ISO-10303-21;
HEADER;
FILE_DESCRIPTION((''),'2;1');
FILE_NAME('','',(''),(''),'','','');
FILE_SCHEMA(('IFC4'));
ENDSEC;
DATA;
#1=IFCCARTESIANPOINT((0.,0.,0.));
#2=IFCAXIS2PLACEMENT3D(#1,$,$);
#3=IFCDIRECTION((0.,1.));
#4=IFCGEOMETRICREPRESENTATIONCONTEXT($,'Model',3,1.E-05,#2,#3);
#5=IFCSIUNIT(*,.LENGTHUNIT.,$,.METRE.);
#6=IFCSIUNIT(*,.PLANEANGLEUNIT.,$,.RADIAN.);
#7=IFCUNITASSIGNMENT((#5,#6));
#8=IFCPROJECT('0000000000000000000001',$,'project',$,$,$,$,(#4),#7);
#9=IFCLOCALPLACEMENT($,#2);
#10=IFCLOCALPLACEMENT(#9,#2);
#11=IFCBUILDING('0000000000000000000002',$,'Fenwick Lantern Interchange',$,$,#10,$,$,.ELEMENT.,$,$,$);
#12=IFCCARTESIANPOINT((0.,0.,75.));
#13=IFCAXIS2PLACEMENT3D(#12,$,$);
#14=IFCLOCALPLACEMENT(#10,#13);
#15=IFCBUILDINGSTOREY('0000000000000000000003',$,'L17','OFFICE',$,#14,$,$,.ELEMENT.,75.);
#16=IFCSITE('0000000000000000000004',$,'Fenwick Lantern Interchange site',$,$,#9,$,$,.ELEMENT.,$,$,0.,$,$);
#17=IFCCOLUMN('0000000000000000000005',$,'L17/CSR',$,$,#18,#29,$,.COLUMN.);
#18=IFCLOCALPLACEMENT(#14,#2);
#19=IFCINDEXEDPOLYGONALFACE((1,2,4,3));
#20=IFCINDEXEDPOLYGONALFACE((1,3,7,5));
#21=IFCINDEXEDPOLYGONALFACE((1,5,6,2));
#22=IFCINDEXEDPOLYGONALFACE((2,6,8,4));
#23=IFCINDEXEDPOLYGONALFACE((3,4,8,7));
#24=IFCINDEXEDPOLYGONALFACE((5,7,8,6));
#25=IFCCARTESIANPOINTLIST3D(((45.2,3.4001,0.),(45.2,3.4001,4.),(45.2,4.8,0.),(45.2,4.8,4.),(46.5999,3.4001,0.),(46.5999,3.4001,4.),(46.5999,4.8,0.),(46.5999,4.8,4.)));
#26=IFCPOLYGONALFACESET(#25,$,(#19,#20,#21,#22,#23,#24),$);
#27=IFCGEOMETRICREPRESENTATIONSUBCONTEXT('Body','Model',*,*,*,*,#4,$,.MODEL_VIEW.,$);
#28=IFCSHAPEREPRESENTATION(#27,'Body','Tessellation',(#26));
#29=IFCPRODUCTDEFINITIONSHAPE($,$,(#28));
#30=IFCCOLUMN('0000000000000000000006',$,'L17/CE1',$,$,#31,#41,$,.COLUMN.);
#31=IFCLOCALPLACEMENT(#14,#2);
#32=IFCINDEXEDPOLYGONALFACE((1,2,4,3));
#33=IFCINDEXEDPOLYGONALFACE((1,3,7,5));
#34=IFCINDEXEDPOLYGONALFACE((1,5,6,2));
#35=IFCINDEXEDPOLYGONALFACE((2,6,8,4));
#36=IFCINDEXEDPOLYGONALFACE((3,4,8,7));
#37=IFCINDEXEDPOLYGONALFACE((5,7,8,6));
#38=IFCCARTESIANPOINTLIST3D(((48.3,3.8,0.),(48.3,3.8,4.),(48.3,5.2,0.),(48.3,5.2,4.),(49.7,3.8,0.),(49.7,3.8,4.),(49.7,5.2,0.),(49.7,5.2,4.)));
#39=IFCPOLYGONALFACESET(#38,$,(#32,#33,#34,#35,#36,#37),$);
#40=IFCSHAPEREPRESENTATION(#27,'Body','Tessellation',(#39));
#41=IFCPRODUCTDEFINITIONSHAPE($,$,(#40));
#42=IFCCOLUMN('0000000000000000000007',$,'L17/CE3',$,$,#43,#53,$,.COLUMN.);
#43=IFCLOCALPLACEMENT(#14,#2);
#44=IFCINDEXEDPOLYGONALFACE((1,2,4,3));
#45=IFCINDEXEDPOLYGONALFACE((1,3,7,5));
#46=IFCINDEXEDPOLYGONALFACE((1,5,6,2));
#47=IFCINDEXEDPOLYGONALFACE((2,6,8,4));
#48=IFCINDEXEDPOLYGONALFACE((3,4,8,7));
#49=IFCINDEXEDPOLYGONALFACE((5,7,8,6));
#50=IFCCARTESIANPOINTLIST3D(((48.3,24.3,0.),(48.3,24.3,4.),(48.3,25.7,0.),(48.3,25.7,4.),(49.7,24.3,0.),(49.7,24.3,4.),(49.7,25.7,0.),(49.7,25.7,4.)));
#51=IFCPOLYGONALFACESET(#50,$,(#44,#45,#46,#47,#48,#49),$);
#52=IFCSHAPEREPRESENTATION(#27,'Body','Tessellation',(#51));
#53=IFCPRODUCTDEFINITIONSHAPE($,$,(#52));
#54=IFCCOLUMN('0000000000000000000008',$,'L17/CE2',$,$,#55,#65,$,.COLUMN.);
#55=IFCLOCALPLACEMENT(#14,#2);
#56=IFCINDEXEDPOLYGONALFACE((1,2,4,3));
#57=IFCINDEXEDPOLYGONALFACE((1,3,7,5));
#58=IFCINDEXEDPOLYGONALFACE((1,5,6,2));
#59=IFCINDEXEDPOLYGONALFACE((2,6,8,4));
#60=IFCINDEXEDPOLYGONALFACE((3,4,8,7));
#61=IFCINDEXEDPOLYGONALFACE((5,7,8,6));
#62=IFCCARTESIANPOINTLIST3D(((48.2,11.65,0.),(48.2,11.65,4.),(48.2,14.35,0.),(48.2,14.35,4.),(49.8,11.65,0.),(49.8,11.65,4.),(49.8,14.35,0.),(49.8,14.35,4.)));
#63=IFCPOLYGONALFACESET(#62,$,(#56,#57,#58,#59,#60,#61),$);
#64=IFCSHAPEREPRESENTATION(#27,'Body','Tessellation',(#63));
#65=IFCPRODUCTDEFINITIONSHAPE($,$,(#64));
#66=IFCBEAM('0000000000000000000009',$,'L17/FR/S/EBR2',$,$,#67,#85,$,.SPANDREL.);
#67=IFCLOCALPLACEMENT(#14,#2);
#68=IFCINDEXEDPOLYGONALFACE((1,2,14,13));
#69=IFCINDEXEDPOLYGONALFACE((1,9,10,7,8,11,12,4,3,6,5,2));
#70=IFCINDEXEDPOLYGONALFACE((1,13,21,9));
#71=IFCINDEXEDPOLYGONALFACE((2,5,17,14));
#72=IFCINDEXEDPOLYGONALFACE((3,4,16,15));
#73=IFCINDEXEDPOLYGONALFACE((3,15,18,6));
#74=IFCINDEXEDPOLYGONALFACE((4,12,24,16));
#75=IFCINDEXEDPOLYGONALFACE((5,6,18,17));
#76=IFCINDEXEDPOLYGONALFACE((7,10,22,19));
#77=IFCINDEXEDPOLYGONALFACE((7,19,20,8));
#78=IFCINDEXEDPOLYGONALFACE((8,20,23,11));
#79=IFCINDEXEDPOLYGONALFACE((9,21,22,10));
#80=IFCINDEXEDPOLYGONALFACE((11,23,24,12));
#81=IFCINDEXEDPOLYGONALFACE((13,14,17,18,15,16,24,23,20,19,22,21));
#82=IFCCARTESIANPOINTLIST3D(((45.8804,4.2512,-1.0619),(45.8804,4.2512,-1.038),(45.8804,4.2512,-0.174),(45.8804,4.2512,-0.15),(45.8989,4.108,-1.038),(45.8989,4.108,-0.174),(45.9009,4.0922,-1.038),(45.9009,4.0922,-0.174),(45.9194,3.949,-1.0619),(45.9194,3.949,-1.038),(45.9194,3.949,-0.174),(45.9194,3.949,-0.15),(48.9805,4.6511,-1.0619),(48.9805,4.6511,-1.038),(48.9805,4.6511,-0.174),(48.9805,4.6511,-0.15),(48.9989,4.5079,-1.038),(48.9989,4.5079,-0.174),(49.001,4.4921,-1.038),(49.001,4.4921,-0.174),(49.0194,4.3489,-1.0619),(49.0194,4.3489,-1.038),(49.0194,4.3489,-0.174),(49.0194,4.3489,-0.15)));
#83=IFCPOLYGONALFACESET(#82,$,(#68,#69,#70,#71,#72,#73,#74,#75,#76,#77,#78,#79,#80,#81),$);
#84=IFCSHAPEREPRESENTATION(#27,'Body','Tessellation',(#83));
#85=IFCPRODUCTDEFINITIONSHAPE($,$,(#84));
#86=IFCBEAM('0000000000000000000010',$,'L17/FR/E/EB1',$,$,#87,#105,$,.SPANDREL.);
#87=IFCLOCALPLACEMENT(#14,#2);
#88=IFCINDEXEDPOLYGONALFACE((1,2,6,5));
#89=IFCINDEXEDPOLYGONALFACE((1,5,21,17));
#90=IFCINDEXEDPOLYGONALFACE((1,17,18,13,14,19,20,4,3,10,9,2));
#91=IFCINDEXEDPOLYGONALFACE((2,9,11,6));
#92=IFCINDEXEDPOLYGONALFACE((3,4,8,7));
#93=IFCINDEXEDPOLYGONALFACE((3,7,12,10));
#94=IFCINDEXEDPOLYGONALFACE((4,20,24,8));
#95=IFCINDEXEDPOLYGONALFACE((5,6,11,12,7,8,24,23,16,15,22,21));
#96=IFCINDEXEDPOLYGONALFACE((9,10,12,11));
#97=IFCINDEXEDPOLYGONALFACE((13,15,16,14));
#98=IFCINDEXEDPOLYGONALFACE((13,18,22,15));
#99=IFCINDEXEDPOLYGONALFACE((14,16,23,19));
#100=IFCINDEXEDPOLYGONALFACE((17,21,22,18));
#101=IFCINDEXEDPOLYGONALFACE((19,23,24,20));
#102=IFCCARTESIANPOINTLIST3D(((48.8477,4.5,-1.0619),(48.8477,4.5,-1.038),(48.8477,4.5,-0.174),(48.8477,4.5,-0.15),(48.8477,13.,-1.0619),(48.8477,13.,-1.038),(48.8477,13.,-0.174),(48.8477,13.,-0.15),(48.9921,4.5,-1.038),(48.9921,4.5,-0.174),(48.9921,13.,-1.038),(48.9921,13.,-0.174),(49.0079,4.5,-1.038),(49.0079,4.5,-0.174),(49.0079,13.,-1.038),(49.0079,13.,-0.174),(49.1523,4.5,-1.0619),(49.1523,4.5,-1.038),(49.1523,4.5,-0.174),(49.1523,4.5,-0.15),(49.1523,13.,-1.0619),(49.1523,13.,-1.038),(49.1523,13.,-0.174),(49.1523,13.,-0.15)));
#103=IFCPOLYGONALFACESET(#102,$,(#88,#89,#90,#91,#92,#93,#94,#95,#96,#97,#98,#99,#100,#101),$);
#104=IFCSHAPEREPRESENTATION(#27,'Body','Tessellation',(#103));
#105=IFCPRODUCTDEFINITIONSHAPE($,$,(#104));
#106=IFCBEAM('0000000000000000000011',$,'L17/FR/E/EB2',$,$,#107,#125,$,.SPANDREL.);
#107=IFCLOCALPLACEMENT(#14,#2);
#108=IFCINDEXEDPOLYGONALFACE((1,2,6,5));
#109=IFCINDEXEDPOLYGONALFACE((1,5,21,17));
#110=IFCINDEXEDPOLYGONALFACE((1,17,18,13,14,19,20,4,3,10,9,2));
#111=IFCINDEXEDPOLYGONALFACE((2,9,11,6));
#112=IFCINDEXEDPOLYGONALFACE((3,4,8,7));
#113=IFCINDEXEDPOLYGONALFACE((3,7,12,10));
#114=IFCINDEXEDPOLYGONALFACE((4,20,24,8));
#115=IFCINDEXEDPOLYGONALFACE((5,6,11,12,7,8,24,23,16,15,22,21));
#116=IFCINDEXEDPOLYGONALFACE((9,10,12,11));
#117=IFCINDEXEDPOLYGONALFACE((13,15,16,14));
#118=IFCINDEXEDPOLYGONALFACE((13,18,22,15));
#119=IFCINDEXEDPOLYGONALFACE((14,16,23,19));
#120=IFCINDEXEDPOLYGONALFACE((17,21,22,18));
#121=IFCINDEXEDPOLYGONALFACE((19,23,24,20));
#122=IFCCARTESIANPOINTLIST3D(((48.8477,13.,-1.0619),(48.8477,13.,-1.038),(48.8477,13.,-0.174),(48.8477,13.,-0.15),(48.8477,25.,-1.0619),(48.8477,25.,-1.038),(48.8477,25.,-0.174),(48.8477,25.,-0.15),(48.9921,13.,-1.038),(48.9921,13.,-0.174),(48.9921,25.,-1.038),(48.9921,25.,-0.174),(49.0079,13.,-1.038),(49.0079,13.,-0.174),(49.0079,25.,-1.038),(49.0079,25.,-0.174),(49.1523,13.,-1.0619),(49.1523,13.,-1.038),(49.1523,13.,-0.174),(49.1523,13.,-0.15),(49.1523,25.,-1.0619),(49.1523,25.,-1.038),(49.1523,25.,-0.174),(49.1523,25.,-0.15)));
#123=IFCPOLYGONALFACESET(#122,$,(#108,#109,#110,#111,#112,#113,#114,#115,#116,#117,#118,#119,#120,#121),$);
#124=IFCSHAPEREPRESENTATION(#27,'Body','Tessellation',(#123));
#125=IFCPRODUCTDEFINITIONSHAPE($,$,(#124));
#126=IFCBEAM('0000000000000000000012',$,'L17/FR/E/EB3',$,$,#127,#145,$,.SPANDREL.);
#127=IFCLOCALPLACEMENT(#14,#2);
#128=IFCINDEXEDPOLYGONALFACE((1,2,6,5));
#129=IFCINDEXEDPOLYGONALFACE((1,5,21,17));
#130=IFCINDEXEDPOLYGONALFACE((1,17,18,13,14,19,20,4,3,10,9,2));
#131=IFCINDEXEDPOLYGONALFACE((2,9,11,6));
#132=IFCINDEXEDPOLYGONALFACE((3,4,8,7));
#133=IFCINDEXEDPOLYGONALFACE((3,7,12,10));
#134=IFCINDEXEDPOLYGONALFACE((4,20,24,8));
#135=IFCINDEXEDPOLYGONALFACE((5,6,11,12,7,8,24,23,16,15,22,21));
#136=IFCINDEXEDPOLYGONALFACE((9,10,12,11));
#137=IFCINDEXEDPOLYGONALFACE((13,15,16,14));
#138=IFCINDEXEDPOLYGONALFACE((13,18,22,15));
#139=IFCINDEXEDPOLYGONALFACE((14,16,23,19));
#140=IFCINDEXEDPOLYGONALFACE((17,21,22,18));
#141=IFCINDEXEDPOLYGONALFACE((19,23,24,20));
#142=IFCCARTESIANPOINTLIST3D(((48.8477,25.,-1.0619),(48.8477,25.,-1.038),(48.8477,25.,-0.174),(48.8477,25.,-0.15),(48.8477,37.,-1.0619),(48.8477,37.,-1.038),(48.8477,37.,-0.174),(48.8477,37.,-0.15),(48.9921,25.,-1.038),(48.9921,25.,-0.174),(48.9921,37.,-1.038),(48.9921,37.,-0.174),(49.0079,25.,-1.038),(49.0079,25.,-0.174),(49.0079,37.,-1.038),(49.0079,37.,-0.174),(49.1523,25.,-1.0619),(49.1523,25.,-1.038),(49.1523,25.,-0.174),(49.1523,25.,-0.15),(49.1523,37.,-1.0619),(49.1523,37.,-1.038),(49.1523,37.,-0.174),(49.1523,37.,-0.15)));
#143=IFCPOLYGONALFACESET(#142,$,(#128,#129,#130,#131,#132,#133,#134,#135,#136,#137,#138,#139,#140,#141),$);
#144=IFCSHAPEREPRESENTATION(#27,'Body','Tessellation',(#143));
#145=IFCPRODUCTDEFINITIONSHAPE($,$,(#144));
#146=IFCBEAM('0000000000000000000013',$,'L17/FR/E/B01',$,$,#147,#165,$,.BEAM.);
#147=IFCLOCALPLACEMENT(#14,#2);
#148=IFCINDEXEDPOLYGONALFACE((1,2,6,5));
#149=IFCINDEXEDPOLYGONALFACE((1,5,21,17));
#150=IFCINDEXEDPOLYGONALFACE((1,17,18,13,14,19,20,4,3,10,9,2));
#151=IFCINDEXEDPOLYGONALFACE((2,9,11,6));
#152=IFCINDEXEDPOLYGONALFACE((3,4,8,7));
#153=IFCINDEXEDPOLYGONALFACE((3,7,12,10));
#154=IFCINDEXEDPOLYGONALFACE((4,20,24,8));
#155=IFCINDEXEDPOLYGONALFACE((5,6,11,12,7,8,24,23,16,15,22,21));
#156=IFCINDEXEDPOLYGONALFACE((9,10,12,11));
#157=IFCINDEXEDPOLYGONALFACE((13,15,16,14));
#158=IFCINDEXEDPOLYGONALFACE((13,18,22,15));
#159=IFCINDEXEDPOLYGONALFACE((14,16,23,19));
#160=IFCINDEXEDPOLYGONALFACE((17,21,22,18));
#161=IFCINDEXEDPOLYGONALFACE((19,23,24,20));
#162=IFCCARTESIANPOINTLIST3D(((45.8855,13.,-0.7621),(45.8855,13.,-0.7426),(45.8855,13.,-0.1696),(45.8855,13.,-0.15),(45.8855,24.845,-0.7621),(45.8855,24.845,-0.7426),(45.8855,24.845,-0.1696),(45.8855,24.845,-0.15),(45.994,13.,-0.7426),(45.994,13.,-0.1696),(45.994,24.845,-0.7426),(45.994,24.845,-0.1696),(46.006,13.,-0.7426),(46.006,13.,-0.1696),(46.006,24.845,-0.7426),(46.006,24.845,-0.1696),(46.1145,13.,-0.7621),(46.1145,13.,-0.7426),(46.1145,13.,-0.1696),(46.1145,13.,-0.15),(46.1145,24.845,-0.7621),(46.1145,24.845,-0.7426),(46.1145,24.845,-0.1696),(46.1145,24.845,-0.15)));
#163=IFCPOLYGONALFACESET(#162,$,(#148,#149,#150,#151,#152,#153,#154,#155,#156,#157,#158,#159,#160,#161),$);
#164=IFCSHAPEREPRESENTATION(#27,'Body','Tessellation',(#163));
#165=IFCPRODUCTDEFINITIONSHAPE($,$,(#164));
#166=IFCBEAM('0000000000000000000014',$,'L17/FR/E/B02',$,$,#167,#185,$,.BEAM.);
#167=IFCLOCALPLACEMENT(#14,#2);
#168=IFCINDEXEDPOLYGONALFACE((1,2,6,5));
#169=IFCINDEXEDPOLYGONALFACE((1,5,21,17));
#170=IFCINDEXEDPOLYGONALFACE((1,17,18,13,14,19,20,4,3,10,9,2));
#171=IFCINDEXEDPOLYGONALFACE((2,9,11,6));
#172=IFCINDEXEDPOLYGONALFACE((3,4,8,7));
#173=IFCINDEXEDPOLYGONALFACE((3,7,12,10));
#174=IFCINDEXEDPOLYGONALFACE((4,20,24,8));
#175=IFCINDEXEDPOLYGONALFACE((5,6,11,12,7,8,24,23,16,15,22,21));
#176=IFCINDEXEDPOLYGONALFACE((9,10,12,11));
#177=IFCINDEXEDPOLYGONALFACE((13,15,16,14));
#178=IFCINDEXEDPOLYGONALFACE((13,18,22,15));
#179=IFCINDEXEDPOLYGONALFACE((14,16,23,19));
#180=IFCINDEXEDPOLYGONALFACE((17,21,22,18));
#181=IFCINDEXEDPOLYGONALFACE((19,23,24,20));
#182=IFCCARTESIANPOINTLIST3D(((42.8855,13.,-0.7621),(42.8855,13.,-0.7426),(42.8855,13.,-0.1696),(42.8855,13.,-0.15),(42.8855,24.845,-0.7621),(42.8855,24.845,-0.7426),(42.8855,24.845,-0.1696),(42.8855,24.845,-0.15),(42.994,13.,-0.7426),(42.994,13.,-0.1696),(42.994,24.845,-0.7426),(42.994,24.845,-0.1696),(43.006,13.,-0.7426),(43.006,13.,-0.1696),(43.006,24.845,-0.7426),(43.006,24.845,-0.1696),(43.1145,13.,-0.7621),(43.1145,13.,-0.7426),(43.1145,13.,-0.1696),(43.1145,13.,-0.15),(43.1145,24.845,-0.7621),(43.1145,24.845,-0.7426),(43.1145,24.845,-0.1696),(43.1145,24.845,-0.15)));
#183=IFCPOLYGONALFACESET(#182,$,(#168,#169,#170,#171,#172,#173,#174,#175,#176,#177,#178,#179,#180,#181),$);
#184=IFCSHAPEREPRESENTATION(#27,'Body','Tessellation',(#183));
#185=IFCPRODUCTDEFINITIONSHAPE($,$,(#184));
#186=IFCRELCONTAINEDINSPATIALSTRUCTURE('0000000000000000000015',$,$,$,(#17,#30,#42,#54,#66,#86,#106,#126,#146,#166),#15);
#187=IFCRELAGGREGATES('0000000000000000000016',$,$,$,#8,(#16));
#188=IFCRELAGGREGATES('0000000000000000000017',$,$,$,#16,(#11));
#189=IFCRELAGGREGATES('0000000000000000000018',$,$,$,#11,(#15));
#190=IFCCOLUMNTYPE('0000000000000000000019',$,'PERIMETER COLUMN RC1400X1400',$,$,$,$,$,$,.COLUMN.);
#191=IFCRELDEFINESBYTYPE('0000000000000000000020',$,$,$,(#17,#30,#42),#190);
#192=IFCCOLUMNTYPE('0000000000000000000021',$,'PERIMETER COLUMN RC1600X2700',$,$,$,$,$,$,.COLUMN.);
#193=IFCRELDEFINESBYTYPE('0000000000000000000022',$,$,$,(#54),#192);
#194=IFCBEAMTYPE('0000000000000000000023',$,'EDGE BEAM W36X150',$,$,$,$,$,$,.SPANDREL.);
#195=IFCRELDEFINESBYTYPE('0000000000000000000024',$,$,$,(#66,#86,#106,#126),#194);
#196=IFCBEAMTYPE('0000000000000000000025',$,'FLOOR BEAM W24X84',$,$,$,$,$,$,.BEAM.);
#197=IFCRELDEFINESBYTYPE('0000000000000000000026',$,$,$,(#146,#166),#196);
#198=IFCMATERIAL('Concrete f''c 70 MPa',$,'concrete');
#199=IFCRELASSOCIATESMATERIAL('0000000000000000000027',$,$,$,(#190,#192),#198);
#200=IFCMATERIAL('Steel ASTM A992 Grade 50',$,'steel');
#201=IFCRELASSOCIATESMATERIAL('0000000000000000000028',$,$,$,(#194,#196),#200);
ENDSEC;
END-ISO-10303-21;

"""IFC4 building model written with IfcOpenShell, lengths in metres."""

from ifc_helpers import new_model, si_unit, direction, frame, origin, origin_2d, place, context, subcontext, project, spatial, rectangle, i_section, extrude, material, material_profile, profile_set, type_object, element, save


model = new_model("IFC4")

# Units and contexts
model_context = context("Model", 3, precision=1e-05, world=origin(), true_north=direction((0.0, 1.0)))
body_context = subcontext(model_context, "Body", "Model", "MODEL_VIEW")
ifc_project = project(units=[si_unit("LENGTHUNIT", "METRE"), si_unit("PLANEANGLEUNIT", "RADIAN")], contexts=[model_context])

# Site, building, storey
site_placement = place(None, origin())
site = spatial("IfcSite", under=ifc_project, at=site_placement, Name="Fenwick Lantern Interchange site", CompositionType="ELEMENT", RefElevation=0.0)
building_placement = place(site_placement, origin())
building = spatial("IfcBuilding", under=site, at=building_placement, Name="Fenwick Lantern Interchange", CompositionType="ELEMENT")
storey_placement = place(building_placement, frame((0.0, 0.0, 75.0)))
storey = spatial("IfcBuildingStorey", under=building, at=storey_placement, Name="L17", Description="OFFICE", CompositionType="ELEMENT", Elevation=75.0)

# Columns
ifc_material_1 = material(Name="Concrete f'c 70 MPa", Category="concrete")
ifc_material_profile_1 = material_profile(ifc_material_1, rectangle(XDim=1.3999, YDim=1.3999, at=origin_2d()), Name="RC1400X1400")
ifc_profile_set_1 = profile_set([ifc_material_profile_1], Name="Concrete f'c 70 MPa")
column_type_1 = type_object("IfcColumnType", Name="PERIMETER COLUMN RC1400X1400", PredefinedType="COLUMN", material=ifc_profile_set_1)
for number, where, z_axis, x_axis, name in (
    (1, (45.8999, 4.1001, 0.0), (0.0, 0.0, 1.0), (1.0, 0.0, 0.0), "L17/CSR"),
    (2, (49.0, 4.5, 0.0), (0.0, 0.0, 1.0), (1.0, 0.0, 0.0), "L17/CE1"),
    (3, (49.0, 25.0, 0.0), (0.0, 0.0, 1.0), (1.0, 0.0, 0.0), "L17/CE3"),
):
    element("IfcColumn", number, at=place(storey_placement, frame(where, z_axis=z_axis, x_axis=x_axis)), inside=storey, type_object=column_type_1, Name=name, PredefinedType="COLUMN", context=body_context, shape_type="SweptSolid", body=[
        extrude(rectangle(XDim=1.3999, YDim=1.3999, at=origin_2d()), origin(), (0.0, 0.0, 1.0), 4.0),
    ])
ifc_material_profile_2 = material_profile(ifc_material_1, rectangle(XDim=1.6001, YDim=2.7, at=origin_2d()), Name="RC1600X2700")
ifc_profile_set_2 = profile_set([ifc_material_profile_2], Name="Concrete f'c 70 MPa")
column_type_2 = type_object("IfcColumnType", Name="PERIMETER COLUMN RC1600X2700", PredefinedType="COLUMN", material=ifc_profile_set_2)
column_placement = place(storey_placement, frame((49.0, 13.0, 0.0), z_axis=(0.0, 0.0, 1.0), x_axis=(1.0, 0.0, 0.0)))
element("IfcColumn", 4, at=column_placement, inside=storey, type_object=column_type_2, Name="L17/CE2", PredefinedType="COLUMN", context=body_context, shape_type="SweptSolid", body=[
    extrude(rectangle(XDim=1.6001, YDim=2.7, at=origin_2d()), origin(), (0.0, 0.0, 1.0), 4.0),
])

# Beams
ifc_material_2 = material(Name="Steel ASTM A992 Grade 50", Category="steel")
ifc_material_profile_3 = material_profile(ifc_material_2, i_section(OverallWidth=0.3047, OverallDepth=0.9119, WebThickness=0.0159, FlangeThickness=0.0239, at=origin_2d()), Name="W36X150")
ifc_profile_set_3 = profile_set([ifc_material_profile_3], Name="Steel ASTM A992 Grade 50")
beam_type_1 = type_object("IfcBeamType", Name="EDGE BEAM W36X150", PredefinedType="SPANDREL", material=ifc_profile_set_3)
beam_1_placement = place(storey_placement, frame((45.8999, 4.1001, -0.606), z_axis=(0.991782, 0.127937, 0.0), x_axis=(-0.127937, 0.991782, 0.0)))
element("IfcBeam", 5, at=beam_1_placement, inside=storey, type_object=beam_type_1, Name="L17/FR/S/EBR2", PredefinedType="SPANDREL", context=body_context, shape_type="SweptSolid", body=[
    extrude(i_section(OverallWidth=0.3047, OverallDepth=0.9119, WebThickness=0.0159, FlangeThickness=0.0239, at=origin_2d()), origin(), (0.0, 0.0, 1.0), 3.1257),
])
beam_2_placement = place(storey_placement, frame((49.0, 4.5, -0.606), z_axis=(0.0, 1.0, 0.0), x_axis=(-1.0, 0.0, 0.0)))
element("IfcBeam", 6, at=beam_2_placement, inside=storey, type_object=beam_type_1, Name="L17/FR/E/EB1", PredefinedType="SPANDREL", context=body_context, shape_type="SweptSolid", body=[
    extrude(i_section(OverallWidth=0.3047, OverallDepth=0.9119, WebThickness=0.0159, FlangeThickness=0.0239, at=origin_2d()), origin(), (0.0, 0.0, 1.0), 8.5),
])
for number, where, z_axis, x_axis, name in (
    (7, (49.0, 13.0, -0.606), (0.0, 1.0, 0.0), (-1.0, 0.0, 0.0), "L17/FR/E/EB2"),
    (8, (49.0, 25.0, -0.606), (0.0, 1.0, 0.0), (-1.0, 0.0, 0.0), "L17/FR/E/EB3"),
):
    element("IfcBeam", number, at=place(storey_placement, frame(where, z_axis=z_axis, x_axis=x_axis)), inside=storey, type_object=beam_type_1, Name=name, PredefinedType="SPANDREL", context=body_context, shape_type="SweptSolid", body=[
        extrude(i_section(OverallWidth=0.3047, OverallDepth=0.9119, WebThickness=0.0159, FlangeThickness=0.0239, at=origin_2d()), origin(), (0.0, 0.0, 1.0), 12.0),
    ])
ifc_material_profile_4 = material_profile(ifc_material_2, i_section(OverallWidth=0.229, OverallDepth=0.6121, WebThickness=0.012, FlangeThickness=0.0195, at=origin_2d()), Name="W24X84")
ifc_profile_set_4 = profile_set([ifc_material_profile_4], Name="Steel ASTM A992 Grade 50")
beam_type_2 = type_object("IfcBeamType", Name="FLOOR BEAM W24X84", PredefinedType="BEAM", material=ifc_profile_set_4)
for number, where, z_axis, x_axis, name in (
    (9, (46.0, 13.0, -0.4561), (0.0, 1.0, 0.0), (-1.0, 0.0, 0.0), "L17/FR/E/B01"),
    (10, (43.0, 13.0, -0.4561), (0.0, 1.0, 0.0), (-1.0, 0.0, 0.0), "L17/FR/E/B02"),
):
    element("IfcBeam", number, at=place(storey_placement, frame(where, z_axis=z_axis, x_axis=x_axis)), inside=storey, type_object=beam_type_2, Name=name, PredefinedType="BEAM", context=body_context, shape_type="SweptSolid", body=[
        extrude(i_section(OverallWidth=0.229, OverallDepth=0.6121, WebThickness=0.012, FlangeThickness=0.0195, at=origin_2d()), origin(), (0.0, 0.0, 1.0), 11.845),
    ])

save(model, "model.ifc")
